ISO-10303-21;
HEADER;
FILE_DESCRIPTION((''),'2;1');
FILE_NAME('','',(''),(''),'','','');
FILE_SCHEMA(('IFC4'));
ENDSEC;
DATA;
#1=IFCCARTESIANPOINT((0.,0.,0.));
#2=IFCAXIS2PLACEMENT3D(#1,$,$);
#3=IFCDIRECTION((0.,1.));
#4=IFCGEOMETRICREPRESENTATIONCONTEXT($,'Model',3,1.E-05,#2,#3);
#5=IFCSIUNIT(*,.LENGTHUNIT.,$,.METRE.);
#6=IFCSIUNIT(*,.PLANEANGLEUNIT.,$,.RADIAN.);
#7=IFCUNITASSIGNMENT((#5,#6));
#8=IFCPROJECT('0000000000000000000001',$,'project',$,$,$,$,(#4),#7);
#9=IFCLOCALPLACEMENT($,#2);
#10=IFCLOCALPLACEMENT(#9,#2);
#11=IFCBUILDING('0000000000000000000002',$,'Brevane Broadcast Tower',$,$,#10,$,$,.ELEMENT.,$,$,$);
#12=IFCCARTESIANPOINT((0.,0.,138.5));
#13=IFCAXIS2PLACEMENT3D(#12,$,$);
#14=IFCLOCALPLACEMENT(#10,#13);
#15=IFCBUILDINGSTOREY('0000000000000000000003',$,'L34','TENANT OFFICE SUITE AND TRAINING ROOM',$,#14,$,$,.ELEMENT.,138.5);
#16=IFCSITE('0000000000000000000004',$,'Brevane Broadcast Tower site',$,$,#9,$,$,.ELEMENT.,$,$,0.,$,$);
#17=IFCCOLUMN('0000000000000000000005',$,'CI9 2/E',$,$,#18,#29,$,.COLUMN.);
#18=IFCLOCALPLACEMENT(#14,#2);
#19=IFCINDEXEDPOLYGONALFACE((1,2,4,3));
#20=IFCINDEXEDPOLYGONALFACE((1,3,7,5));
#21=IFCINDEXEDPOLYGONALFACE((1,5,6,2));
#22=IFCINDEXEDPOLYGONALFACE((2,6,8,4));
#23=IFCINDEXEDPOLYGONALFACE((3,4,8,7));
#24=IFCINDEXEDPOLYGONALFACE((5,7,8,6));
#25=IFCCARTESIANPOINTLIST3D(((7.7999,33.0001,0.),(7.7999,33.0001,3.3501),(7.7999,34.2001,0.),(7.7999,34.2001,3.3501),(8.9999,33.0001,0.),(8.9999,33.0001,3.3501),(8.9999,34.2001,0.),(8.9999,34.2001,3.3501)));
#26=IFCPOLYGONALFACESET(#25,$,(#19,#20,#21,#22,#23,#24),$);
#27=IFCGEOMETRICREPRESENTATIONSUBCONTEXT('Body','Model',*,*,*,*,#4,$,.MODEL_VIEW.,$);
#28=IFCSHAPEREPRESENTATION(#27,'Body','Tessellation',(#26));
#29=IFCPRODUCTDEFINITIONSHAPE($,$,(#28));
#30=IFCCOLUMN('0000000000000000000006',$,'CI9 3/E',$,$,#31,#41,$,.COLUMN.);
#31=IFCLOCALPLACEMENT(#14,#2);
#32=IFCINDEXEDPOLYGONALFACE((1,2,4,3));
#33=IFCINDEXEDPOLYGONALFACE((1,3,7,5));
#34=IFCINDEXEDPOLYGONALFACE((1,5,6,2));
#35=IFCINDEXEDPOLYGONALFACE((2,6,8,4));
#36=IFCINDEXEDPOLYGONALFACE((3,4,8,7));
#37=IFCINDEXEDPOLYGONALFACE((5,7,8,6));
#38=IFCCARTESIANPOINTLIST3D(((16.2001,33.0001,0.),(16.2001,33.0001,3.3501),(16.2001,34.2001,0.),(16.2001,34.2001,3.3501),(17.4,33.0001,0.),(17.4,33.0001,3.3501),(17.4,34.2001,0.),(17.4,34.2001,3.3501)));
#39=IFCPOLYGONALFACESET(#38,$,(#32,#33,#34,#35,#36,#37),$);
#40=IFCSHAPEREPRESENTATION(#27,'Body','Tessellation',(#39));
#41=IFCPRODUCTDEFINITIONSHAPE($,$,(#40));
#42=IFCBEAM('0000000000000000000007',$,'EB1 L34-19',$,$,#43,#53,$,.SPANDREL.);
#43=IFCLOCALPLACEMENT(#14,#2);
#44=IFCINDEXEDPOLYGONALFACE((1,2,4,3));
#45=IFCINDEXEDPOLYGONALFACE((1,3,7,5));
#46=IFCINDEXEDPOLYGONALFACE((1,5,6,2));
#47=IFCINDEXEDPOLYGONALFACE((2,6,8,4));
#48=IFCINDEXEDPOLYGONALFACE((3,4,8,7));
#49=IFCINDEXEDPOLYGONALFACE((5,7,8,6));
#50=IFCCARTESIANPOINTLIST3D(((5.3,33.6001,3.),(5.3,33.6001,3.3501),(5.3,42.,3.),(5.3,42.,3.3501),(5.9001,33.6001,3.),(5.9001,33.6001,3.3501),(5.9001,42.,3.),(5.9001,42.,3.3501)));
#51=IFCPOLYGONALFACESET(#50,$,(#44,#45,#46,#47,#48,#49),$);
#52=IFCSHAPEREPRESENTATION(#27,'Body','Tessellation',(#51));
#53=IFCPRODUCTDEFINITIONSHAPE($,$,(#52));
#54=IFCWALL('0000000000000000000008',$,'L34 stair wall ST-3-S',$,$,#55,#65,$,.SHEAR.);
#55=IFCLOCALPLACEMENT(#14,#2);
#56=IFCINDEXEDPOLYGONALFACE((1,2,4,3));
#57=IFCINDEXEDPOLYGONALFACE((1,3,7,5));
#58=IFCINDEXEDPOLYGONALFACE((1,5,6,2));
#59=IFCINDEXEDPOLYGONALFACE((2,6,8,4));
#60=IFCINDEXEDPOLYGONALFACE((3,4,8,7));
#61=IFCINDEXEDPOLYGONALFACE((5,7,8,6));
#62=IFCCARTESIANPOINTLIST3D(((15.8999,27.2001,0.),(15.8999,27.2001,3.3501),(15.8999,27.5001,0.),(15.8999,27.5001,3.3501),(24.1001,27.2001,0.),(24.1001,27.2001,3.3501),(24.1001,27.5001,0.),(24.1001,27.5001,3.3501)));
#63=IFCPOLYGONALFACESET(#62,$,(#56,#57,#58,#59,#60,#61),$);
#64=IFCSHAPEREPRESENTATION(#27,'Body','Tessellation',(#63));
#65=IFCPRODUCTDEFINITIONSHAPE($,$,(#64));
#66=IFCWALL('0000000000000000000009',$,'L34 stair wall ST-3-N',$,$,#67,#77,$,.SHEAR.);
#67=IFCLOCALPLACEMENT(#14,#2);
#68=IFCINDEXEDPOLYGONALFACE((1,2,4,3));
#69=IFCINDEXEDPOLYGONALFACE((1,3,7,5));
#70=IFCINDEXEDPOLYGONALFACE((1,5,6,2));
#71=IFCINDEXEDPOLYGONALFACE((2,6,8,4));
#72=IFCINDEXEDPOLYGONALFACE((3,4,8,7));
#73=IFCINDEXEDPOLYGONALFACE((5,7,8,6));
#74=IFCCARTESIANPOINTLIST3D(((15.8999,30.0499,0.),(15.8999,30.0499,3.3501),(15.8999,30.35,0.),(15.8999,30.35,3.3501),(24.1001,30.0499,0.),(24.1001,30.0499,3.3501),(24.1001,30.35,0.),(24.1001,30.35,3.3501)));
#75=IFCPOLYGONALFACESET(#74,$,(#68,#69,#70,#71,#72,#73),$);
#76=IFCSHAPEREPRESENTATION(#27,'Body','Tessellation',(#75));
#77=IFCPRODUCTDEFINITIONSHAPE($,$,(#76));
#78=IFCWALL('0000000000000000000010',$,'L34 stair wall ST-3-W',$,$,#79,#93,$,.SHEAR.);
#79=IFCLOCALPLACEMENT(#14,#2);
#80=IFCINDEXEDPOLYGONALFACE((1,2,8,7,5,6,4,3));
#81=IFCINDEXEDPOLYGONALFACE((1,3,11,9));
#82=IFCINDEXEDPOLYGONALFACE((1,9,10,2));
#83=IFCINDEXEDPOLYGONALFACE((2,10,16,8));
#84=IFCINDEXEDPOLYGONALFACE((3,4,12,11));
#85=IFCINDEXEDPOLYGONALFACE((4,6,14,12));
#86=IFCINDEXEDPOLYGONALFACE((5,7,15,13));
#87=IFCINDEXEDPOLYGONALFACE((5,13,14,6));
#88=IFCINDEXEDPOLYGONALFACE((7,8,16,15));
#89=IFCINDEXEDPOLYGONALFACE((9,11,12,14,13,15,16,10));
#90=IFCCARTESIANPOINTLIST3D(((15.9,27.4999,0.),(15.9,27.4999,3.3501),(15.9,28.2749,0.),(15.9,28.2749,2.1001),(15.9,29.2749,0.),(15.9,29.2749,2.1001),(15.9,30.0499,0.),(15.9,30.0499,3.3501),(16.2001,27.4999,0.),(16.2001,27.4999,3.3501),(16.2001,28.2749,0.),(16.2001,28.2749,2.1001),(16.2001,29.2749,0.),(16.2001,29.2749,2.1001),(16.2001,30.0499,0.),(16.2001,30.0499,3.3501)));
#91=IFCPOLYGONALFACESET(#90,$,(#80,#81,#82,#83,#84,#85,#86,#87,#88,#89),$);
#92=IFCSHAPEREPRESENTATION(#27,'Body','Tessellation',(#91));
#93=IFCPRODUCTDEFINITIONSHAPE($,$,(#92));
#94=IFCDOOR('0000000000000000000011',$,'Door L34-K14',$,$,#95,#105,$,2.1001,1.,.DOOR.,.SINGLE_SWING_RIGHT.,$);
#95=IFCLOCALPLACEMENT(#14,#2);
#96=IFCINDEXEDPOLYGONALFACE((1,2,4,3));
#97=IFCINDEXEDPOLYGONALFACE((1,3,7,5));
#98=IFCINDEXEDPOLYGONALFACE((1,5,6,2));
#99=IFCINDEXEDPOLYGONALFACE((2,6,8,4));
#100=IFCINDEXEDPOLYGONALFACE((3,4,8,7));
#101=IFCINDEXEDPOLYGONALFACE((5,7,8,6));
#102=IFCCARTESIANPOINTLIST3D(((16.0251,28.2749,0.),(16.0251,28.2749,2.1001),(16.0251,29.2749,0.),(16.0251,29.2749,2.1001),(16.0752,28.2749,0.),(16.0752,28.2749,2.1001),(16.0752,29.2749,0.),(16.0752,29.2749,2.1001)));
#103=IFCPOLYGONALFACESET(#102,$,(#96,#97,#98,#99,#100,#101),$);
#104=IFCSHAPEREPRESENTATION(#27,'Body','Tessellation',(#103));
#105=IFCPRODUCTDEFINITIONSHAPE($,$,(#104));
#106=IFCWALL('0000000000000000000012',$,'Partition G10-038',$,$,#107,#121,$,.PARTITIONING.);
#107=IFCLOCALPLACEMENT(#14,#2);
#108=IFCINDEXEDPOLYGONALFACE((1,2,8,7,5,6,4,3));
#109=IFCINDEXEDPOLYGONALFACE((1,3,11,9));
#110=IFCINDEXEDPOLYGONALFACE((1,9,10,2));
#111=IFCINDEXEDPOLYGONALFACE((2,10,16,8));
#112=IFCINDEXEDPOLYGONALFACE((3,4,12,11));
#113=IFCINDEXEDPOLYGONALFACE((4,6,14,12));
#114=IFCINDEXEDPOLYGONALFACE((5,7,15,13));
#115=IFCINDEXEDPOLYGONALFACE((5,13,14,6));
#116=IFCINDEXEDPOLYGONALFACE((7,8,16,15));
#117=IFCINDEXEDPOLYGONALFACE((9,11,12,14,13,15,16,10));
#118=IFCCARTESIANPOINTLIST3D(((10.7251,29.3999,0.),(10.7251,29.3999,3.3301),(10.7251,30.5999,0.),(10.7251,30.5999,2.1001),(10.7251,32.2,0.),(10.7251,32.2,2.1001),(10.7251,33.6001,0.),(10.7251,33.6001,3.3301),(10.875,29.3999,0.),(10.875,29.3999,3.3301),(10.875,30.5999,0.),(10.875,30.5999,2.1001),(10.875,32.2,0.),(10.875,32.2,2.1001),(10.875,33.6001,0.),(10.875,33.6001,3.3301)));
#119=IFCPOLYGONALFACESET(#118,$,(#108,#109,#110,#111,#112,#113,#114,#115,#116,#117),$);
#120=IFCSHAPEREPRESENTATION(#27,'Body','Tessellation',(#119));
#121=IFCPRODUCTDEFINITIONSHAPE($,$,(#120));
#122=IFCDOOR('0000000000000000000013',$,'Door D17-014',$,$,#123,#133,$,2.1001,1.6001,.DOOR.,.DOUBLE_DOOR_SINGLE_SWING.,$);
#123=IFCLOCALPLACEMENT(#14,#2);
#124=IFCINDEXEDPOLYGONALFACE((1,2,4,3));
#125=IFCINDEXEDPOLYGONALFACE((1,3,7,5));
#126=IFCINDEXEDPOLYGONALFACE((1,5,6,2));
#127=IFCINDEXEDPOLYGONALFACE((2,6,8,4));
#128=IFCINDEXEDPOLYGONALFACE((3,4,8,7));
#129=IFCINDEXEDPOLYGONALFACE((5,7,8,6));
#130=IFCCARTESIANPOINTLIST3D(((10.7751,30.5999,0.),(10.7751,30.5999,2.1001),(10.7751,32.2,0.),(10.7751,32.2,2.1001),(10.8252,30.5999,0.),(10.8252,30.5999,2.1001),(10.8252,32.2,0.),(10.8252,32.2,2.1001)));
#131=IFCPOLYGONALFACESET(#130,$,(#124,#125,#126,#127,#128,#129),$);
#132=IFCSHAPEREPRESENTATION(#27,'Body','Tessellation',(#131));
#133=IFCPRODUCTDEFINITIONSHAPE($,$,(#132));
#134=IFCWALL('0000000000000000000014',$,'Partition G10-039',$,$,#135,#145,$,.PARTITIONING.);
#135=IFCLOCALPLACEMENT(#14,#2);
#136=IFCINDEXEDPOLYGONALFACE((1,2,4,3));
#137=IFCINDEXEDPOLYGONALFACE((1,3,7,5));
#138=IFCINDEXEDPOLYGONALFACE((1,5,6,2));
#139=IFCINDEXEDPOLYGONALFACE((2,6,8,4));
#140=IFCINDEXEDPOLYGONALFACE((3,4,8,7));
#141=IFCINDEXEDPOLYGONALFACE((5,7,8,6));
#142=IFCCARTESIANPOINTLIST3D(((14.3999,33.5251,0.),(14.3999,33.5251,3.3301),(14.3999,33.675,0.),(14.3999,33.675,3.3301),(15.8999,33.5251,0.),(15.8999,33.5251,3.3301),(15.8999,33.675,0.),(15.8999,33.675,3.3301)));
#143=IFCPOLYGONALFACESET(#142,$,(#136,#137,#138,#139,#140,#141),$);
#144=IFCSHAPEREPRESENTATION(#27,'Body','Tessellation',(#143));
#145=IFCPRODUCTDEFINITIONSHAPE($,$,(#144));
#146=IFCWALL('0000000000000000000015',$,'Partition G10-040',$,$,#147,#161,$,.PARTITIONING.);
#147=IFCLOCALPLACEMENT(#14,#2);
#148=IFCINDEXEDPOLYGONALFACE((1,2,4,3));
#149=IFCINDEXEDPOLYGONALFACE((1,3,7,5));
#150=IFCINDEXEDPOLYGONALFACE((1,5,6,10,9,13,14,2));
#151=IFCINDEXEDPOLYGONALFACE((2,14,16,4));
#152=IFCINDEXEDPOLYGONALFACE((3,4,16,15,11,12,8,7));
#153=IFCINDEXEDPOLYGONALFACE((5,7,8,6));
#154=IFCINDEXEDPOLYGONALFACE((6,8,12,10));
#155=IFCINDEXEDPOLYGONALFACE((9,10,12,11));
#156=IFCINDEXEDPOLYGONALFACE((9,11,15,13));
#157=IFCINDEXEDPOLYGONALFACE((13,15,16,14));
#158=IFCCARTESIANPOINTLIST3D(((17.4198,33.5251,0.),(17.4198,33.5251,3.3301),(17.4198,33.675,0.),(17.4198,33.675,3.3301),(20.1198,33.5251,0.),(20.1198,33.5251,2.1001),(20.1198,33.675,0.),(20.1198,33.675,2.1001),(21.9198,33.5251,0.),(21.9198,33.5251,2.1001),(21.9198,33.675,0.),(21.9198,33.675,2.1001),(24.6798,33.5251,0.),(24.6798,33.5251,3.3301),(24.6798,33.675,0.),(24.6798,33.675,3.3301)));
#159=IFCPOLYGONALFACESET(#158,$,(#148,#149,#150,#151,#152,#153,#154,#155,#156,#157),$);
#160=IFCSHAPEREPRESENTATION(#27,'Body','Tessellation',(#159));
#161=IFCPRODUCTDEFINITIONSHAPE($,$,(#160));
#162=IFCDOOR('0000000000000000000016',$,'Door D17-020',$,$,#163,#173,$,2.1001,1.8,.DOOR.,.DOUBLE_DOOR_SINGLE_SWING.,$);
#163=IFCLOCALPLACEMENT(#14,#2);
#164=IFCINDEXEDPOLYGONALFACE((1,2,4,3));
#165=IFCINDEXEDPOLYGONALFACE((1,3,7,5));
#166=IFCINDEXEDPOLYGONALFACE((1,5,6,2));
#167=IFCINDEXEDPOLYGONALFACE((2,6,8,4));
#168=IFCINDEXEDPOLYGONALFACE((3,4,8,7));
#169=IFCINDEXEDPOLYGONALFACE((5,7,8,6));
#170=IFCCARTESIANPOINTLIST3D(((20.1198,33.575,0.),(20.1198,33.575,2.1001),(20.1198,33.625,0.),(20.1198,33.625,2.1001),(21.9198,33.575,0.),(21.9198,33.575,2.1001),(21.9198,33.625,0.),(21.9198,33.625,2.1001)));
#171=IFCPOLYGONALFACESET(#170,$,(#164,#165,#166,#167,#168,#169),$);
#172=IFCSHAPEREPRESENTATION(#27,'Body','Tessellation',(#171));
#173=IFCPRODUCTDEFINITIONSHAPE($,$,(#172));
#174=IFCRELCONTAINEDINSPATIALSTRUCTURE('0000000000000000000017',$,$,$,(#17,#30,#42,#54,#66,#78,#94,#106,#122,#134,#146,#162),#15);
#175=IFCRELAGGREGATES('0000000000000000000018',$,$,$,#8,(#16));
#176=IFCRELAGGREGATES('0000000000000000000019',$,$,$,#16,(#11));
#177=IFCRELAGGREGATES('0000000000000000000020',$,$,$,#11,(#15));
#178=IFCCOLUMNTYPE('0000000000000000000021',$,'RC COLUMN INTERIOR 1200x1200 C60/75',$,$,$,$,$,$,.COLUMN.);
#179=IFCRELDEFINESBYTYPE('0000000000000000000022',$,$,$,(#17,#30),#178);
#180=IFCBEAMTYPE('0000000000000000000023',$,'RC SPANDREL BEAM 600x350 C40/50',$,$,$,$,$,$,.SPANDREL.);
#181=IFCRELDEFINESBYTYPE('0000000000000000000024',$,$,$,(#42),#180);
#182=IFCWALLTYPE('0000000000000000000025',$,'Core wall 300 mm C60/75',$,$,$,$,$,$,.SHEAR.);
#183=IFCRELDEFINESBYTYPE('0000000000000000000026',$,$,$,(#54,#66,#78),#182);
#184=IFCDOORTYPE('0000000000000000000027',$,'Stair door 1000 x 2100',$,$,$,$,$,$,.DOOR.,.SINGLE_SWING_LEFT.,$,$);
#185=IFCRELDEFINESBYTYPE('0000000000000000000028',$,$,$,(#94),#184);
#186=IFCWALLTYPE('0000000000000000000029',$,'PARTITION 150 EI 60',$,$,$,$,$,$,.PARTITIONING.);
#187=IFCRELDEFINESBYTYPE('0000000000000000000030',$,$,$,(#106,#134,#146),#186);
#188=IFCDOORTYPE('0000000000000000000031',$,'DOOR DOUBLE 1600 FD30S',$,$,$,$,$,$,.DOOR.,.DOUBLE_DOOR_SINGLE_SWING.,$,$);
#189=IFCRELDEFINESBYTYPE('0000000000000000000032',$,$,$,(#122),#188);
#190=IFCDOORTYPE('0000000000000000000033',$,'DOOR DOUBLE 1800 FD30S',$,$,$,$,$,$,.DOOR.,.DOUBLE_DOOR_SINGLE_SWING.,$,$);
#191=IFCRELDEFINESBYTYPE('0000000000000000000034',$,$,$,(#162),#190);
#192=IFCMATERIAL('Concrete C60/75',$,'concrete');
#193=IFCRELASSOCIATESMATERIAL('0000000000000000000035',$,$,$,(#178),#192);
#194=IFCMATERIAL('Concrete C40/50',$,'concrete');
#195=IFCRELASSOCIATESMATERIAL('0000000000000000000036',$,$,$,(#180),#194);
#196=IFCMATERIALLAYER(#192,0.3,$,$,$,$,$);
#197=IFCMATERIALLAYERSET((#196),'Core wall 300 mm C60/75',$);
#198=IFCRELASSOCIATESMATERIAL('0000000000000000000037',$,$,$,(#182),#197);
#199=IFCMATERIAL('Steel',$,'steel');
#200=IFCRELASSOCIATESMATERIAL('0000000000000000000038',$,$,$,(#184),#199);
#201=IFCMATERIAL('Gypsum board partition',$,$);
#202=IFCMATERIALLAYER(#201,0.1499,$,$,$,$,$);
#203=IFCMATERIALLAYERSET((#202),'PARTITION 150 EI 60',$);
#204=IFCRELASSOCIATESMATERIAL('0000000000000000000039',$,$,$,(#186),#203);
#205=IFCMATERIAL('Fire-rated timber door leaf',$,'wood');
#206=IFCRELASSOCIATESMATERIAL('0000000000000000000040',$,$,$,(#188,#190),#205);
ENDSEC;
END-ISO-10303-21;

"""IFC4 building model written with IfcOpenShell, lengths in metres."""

from ifc_helpers import new_model, si_unit, direction, frame, frame_2d, origin, origin_2d, place, context, subcontext, project, spatial, rectangle, extrude, material, layer, layer_set, material_profile, profile_set, type_object, element, fill, save


model = new_model("IFC4")

# Units and contexts
model_context = context("Model", 3, precision=1e-05, world=origin(), true_north=direction((0.0, 1.0)))
body_context = subcontext(model_context, "Body", "Model", "MODEL_VIEW")
ifc_project = project(units=[si_unit("LENGTHUNIT", "METRE"), si_unit("PLANEANGLEUNIT", "RADIAN")], contexts=[model_context])

# Site, building, storey
site_placement = place(None, origin())
site = spatial("IfcSite", under=ifc_project, at=site_placement, Name="Brevane Broadcast Tower site", CompositionType="ELEMENT", RefElevation=0.0)
building_placement = place(site_placement, origin())
building = spatial("IfcBuilding", under=site, at=building_placement, Name="Brevane Broadcast Tower", CompositionType="ELEMENT")
storey_placement = place(building_placement, frame((0.0, 0.0, 138.5)))
storey = spatial("IfcBuildingStorey", under=building, at=storey_placement, Name="L34", Description="TENANT OFFICE SUITE AND TRAINING ROOM", CompositionType="ELEMENT", Elevation=138.5)

# Columns
ifc_material_1 = material(Name="Concrete C60/75", Category="concrete")
ifc_material_profile_1 = material_profile(ifc_material_1, rectangle(XDim=1.2, YDim=1.2, at=origin_2d()), Name="RC 1200x1200")
ifc_profile_set_1 = profile_set([ifc_material_profile_1], Name="Concrete C60/75")
column_type = type_object("IfcColumnType", Name="RC COLUMN INTERIOR 1200x1200 C60/75", PredefinedType="COLUMN", material=ifc_profile_set_1)
for number, where, z_axis, x_axis, name in (
    (1, (8.3999, 33.6001, 0.0), (0.0, 0.0, 1.0), (1.0, 0.0, 0.0), "CI9 2/E"),
    (2, (16.8, 33.6001, 0.0), (0.0, 0.0, 1.0), (1.0, 0.0, 0.0), "CI9 3/E"),
):
    element("IfcColumn", number, at=place(storey_placement, frame(where, z_axis=z_axis, x_axis=x_axis)), inside=storey, type_object=column_type, Name=name, PredefinedType="COLUMN", context=body_context, shape_type="SweptSolid", body=[
        extrude(rectangle(XDim=1.2, YDim=1.2, at=origin_2d()), origin(), (0.0, 0.0, 1.0), 3.3501),
    ])

# Beam
ifc_material_2 = material(Name="Concrete C40/50", Category="concrete")
ifc_material_profile_2 = material_profile(ifc_material_2, rectangle(XDim=0.6001, YDim=0.3501, at=origin_2d()), Name="RC 600x350")
ifc_profile_set_2 = profile_set([ifc_material_profile_2], Name="Concrete C40/50")
beam_type = type_object("IfcBeamType", Name="RC SPANDREL BEAM 600x350 C40/50", PredefinedType="SPANDREL", material=ifc_profile_set_2)
beam_placement = place(storey_placement, frame((5.6001, 33.6001, 3.175), z_axis=(0.0, 1.0, 0.0), x_axis=(-1.0, 0.0, 0.0)))
element("IfcBeam", 3, at=beam_placement, inside=storey, type_object=beam_type, Name="EB1 L34-19", PredefinedType="SPANDREL", context=body_context, shape_type="SweptSolid", body=[
    extrude(rectangle(XDim=0.6001, YDim=0.3501, at=origin_2d()), origin(), (0.0, 0.0, 1.0), 8.3999),
])

# Walls
ifc_layer_1 = layer(ifc_material_1, 0.3)
ifc_layer_set_1 = layer_set([ifc_layer_1], Name="Core wall 300 mm C60/75")
wall_type_1 = type_object("IfcWallType", Name="Core wall 300 mm C60/75", PredefinedType="SHEAR", material=ifc_layer_set_1)
for number, where, z_axis, x_axis, name in (
    (4, (15.8999, 27.3501, 0.0), (0.0, 0.0, 1.0), (1.0, 0.0, 0.0), "L34 stair wall ST-3-S"),
    (5, (15.8999, 30.2, 0.0), (0.0, 0.0, 1.0), (1.0, 0.0, 0.0), "L34 stair wall ST-3-N"),
):
    element("IfcWall", number, at=place(storey_placement, frame(where, z_axis=z_axis, x_axis=x_axis)), inside=storey, type_object=wall_type_1, Name=name, PredefinedType="SHEAR", context=body_context, shape_type="SweptSolid", body=[
        extrude(rectangle(XDim=8.2002, YDim=0.3, at=frame_2d((4.1001, 0.0))), origin(), (0.0, 0.0, 1.0), 3.3501),
    ])

# Walls, openings, doors
wall_1_placement = place(storey_placement, frame((16.05, 27.5, 0.0), z_axis=(0.0, 0.0, 1.0), x_axis=(0.0, 1.0, 0.0)))
wall_1 = element("IfcWall", 6, at=wall_1_placement, inside=storey, type_object=wall_type_1, Name="L34 stair wall ST-3-W", PredefinedType="SHEAR", context=body_context, shape_type="SweptSolid", body=[
    extrude(rectangle(XDim=2.55, YDim=0.3, at=frame_2d((1.2749, 0.0))), origin(), (0.0, 0.0, 1.0), 3.3501),
])
opening_1_placement = place(wall_1_placement, frame((0.7749, 0.0, 0.0)))
opening_1 = element("IfcOpeningElement", 7, at=opening_1_placement, cuts=wall_1, PredefinedType="OPENING", context=body_context, shape_type="SweptSolid", body=[
    extrude(rectangle(XDim=1.0, YDim=2.1001, at=frame_2d((0.5, 1.05))), frame((0.0, 0.1599, 0.0), z_axis=(0.0, -1.0, 0.0), x_axis=(1.0, 0.0, 0.0)), (0.0, 0.0, 1.0), 0.3201),
])
ifc_material_3 = material(Name="Steel", Category="steel")
door_type_1 = type_object("IfcDoorType", Name="Stair door 1000 x 2100", OperationType="SINGLE_SWING_LEFT", PredefinedType="DOOR", material=ifc_material_3)
door_1_placement = place(opening_1_placement, origin())
door_1 = element("IfcDoor", 8, at=door_1_placement, inside=storey, type_object=door_type_1, Name="Door L34-K14", OperationType="SINGLE_SWING_RIGHT", OverallHeight=2.1001, OverallWidth=1.0, PredefinedType="DOOR", context=body_context, shape_type="SweptSolid", body=[
    extrude(rectangle(XDim=1.0, YDim=2.1001, at=frame_2d((0.5, 1.05))), frame((0.0, 0.0249, 0.0), z_axis=(0.0, -1.0, 0.0), x_axis=(1.0, 0.0, 0.0)), (0.0, 0.0, 1.0), 0.05),
])
fill(opening_1, door_1)
ifc_material_4 = material(Name="Gypsum board partition")
ifc_layer_2 = layer(ifc_material_4, 0.1499)
ifc_layer_set_2 = layer_set([ifc_layer_2], Name="PARTITION 150 EI 60")
wall_type_2 = type_object("IfcWallType", Name="PARTITION 150 EI 60", PredefinedType="PARTITIONING", material=ifc_layer_set_2)
wall_2_placement = place(storey_placement, frame((10.8, 29.3999, 0.0), z_axis=(0.0, 0.0, 1.0), x_axis=(0.0, 1.0, 0.0)))
wall_2 = element("IfcWall", 9, at=wall_2_placement, inside=storey, type_object=wall_type_2, Name="Partition G10-038", PredefinedType="PARTITIONING", context=body_context, shape_type="SweptSolid", body=[
    extrude(rectangle(XDim=4.2002, YDim=0.1499, at=frame_2d((2.1001, 0.0))), origin(), (0.0, 0.0, 1.0), 3.3301),
])
opening_2_placement = place(wall_2_placement, frame((1.2, 0.0, 0.0)))
opening_2 = element("IfcOpeningElement", 10, at=opening_2_placement, cuts=wall_2, PredefinedType="OPENING", context=body_context, shape_type="SweptSolid", body=[
    extrude(rectangle(XDim=1.6001, YDim=2.1001, at=frame_2d((0.8, 1.05))), frame((0.0, 0.085, 0.0), z_axis=(0.0, -1.0, 0.0), x_axis=(1.0, 0.0, 0.0)), (0.0, 0.0, 1.0), 0.1699),
])
ifc_material_5 = material(Name="Fire-rated timber door leaf", Category="wood")
door_type_2 = type_object("IfcDoorType", Name="DOOR DOUBLE 1600 FD30S", OperationType="DOUBLE_DOOR_SINGLE_SWING", PredefinedType="DOOR", material=ifc_material_5)
door_2_placement = place(opening_2_placement, origin())
door_2 = element("IfcDoor", 11, at=door_2_placement, inside=storey, type_object=door_type_2, Name="Door D17-014", OperationType="DOUBLE_DOOR_SINGLE_SWING", OverallHeight=2.1001, OverallWidth=1.6001, PredefinedType="DOOR", context=body_context, shape_type="SweptSolid", body=[
    extrude(rectangle(XDim=1.6001, YDim=2.1001, at=frame_2d((0.8, 1.05))), frame((0.0, 0.0249, 0.0), z_axis=(0.0, -1.0, 0.0), x_axis=(1.0, 0.0, 0.0)), (0.0, 0.0, 1.0), 0.05),
])
fill(opening_2, door_2)

# Wall
wall_3_placement = place(storey_placement, frame((14.3999, 33.6001, 0.0), z_axis=(0.0, 0.0, 1.0), x_axis=(1.0, 0.0, 0.0)))
element("IfcWall", 12, at=wall_3_placement, inside=storey, type_object=wall_type_2, Name="Partition G10-039", PredefinedType="PARTITIONING", context=body_context, shape_type="SweptSolid", body=[
    extrude(rectangle(XDim=1.5, YDim=0.1499, at=frame_2d((0.75, 0.0))), origin(), (0.0, 0.0, 1.0), 3.3301),
])

# Wall, opening, door
wall_4_placement = place(storey_placement, frame((17.4199, 33.6001, 0.0), z_axis=(0.0, 0.0, 1.0), x_axis=(1.0, 0.0, 0.0)))
wall_4 = element("IfcWall", 13, at=wall_4_placement, inside=storey, type_object=wall_type_2, Name="Partition G10-040", PredefinedType="PARTITIONING", context=body_context, shape_type="SweptSolid", body=[
    extrude(rectangle(XDim=7.26, YDim=0.1499, at=frame_2d((3.6299, 0.0))), origin(), (0.0, 0.0, 1.0), 3.3301),
])
opening_3_placement = place(wall_4_placement, frame((2.7, 0.0, 0.0)))
opening_3 = element("IfcOpeningElement", 14, at=opening_3_placement, cuts=wall_4, PredefinedType="OPENING", context=body_context, shape_type="SweptSolid", body=[
    extrude(rectangle(XDim=1.8, YDim=2.1001, at=frame_2d((0.8999, 1.05))), frame((0.0, 0.085, 0.0), z_axis=(0.0, -1.0, 0.0), x_axis=(1.0, 0.0, 0.0)), (0.0, 0.0, 1.0), 0.1699),
])
door_type_3 = type_object("IfcDoorType", Name="DOOR DOUBLE 1800 FD30S", OperationType="DOUBLE_DOOR_SINGLE_SWING", PredefinedType="DOOR", material=ifc_material_5)
door_3_placement = place(opening_3_placement, origin())
door_3 = element("IfcDoor", 15, at=door_3_placement, inside=storey, type_object=door_type_3, Name="Door D17-020", OperationType="DOUBLE_DOOR_SINGLE_SWING", OverallHeight=2.1001, OverallWidth=1.8, PredefinedType="DOOR", context=body_context, shape_type="SweptSolid", body=[
    extrude(rectangle(XDim=1.8, YDim=2.1001, at=frame_2d((0.8999, 1.05))), frame((0.0, 0.0249, 0.0), z_axis=(0.0, -1.0, 0.0), x_axis=(1.0, 0.0, 0.0)), (0.0, 0.0, 1.0), 0.05),
])
fill(opening_3, door_3)

save(model, "model.ifc")
